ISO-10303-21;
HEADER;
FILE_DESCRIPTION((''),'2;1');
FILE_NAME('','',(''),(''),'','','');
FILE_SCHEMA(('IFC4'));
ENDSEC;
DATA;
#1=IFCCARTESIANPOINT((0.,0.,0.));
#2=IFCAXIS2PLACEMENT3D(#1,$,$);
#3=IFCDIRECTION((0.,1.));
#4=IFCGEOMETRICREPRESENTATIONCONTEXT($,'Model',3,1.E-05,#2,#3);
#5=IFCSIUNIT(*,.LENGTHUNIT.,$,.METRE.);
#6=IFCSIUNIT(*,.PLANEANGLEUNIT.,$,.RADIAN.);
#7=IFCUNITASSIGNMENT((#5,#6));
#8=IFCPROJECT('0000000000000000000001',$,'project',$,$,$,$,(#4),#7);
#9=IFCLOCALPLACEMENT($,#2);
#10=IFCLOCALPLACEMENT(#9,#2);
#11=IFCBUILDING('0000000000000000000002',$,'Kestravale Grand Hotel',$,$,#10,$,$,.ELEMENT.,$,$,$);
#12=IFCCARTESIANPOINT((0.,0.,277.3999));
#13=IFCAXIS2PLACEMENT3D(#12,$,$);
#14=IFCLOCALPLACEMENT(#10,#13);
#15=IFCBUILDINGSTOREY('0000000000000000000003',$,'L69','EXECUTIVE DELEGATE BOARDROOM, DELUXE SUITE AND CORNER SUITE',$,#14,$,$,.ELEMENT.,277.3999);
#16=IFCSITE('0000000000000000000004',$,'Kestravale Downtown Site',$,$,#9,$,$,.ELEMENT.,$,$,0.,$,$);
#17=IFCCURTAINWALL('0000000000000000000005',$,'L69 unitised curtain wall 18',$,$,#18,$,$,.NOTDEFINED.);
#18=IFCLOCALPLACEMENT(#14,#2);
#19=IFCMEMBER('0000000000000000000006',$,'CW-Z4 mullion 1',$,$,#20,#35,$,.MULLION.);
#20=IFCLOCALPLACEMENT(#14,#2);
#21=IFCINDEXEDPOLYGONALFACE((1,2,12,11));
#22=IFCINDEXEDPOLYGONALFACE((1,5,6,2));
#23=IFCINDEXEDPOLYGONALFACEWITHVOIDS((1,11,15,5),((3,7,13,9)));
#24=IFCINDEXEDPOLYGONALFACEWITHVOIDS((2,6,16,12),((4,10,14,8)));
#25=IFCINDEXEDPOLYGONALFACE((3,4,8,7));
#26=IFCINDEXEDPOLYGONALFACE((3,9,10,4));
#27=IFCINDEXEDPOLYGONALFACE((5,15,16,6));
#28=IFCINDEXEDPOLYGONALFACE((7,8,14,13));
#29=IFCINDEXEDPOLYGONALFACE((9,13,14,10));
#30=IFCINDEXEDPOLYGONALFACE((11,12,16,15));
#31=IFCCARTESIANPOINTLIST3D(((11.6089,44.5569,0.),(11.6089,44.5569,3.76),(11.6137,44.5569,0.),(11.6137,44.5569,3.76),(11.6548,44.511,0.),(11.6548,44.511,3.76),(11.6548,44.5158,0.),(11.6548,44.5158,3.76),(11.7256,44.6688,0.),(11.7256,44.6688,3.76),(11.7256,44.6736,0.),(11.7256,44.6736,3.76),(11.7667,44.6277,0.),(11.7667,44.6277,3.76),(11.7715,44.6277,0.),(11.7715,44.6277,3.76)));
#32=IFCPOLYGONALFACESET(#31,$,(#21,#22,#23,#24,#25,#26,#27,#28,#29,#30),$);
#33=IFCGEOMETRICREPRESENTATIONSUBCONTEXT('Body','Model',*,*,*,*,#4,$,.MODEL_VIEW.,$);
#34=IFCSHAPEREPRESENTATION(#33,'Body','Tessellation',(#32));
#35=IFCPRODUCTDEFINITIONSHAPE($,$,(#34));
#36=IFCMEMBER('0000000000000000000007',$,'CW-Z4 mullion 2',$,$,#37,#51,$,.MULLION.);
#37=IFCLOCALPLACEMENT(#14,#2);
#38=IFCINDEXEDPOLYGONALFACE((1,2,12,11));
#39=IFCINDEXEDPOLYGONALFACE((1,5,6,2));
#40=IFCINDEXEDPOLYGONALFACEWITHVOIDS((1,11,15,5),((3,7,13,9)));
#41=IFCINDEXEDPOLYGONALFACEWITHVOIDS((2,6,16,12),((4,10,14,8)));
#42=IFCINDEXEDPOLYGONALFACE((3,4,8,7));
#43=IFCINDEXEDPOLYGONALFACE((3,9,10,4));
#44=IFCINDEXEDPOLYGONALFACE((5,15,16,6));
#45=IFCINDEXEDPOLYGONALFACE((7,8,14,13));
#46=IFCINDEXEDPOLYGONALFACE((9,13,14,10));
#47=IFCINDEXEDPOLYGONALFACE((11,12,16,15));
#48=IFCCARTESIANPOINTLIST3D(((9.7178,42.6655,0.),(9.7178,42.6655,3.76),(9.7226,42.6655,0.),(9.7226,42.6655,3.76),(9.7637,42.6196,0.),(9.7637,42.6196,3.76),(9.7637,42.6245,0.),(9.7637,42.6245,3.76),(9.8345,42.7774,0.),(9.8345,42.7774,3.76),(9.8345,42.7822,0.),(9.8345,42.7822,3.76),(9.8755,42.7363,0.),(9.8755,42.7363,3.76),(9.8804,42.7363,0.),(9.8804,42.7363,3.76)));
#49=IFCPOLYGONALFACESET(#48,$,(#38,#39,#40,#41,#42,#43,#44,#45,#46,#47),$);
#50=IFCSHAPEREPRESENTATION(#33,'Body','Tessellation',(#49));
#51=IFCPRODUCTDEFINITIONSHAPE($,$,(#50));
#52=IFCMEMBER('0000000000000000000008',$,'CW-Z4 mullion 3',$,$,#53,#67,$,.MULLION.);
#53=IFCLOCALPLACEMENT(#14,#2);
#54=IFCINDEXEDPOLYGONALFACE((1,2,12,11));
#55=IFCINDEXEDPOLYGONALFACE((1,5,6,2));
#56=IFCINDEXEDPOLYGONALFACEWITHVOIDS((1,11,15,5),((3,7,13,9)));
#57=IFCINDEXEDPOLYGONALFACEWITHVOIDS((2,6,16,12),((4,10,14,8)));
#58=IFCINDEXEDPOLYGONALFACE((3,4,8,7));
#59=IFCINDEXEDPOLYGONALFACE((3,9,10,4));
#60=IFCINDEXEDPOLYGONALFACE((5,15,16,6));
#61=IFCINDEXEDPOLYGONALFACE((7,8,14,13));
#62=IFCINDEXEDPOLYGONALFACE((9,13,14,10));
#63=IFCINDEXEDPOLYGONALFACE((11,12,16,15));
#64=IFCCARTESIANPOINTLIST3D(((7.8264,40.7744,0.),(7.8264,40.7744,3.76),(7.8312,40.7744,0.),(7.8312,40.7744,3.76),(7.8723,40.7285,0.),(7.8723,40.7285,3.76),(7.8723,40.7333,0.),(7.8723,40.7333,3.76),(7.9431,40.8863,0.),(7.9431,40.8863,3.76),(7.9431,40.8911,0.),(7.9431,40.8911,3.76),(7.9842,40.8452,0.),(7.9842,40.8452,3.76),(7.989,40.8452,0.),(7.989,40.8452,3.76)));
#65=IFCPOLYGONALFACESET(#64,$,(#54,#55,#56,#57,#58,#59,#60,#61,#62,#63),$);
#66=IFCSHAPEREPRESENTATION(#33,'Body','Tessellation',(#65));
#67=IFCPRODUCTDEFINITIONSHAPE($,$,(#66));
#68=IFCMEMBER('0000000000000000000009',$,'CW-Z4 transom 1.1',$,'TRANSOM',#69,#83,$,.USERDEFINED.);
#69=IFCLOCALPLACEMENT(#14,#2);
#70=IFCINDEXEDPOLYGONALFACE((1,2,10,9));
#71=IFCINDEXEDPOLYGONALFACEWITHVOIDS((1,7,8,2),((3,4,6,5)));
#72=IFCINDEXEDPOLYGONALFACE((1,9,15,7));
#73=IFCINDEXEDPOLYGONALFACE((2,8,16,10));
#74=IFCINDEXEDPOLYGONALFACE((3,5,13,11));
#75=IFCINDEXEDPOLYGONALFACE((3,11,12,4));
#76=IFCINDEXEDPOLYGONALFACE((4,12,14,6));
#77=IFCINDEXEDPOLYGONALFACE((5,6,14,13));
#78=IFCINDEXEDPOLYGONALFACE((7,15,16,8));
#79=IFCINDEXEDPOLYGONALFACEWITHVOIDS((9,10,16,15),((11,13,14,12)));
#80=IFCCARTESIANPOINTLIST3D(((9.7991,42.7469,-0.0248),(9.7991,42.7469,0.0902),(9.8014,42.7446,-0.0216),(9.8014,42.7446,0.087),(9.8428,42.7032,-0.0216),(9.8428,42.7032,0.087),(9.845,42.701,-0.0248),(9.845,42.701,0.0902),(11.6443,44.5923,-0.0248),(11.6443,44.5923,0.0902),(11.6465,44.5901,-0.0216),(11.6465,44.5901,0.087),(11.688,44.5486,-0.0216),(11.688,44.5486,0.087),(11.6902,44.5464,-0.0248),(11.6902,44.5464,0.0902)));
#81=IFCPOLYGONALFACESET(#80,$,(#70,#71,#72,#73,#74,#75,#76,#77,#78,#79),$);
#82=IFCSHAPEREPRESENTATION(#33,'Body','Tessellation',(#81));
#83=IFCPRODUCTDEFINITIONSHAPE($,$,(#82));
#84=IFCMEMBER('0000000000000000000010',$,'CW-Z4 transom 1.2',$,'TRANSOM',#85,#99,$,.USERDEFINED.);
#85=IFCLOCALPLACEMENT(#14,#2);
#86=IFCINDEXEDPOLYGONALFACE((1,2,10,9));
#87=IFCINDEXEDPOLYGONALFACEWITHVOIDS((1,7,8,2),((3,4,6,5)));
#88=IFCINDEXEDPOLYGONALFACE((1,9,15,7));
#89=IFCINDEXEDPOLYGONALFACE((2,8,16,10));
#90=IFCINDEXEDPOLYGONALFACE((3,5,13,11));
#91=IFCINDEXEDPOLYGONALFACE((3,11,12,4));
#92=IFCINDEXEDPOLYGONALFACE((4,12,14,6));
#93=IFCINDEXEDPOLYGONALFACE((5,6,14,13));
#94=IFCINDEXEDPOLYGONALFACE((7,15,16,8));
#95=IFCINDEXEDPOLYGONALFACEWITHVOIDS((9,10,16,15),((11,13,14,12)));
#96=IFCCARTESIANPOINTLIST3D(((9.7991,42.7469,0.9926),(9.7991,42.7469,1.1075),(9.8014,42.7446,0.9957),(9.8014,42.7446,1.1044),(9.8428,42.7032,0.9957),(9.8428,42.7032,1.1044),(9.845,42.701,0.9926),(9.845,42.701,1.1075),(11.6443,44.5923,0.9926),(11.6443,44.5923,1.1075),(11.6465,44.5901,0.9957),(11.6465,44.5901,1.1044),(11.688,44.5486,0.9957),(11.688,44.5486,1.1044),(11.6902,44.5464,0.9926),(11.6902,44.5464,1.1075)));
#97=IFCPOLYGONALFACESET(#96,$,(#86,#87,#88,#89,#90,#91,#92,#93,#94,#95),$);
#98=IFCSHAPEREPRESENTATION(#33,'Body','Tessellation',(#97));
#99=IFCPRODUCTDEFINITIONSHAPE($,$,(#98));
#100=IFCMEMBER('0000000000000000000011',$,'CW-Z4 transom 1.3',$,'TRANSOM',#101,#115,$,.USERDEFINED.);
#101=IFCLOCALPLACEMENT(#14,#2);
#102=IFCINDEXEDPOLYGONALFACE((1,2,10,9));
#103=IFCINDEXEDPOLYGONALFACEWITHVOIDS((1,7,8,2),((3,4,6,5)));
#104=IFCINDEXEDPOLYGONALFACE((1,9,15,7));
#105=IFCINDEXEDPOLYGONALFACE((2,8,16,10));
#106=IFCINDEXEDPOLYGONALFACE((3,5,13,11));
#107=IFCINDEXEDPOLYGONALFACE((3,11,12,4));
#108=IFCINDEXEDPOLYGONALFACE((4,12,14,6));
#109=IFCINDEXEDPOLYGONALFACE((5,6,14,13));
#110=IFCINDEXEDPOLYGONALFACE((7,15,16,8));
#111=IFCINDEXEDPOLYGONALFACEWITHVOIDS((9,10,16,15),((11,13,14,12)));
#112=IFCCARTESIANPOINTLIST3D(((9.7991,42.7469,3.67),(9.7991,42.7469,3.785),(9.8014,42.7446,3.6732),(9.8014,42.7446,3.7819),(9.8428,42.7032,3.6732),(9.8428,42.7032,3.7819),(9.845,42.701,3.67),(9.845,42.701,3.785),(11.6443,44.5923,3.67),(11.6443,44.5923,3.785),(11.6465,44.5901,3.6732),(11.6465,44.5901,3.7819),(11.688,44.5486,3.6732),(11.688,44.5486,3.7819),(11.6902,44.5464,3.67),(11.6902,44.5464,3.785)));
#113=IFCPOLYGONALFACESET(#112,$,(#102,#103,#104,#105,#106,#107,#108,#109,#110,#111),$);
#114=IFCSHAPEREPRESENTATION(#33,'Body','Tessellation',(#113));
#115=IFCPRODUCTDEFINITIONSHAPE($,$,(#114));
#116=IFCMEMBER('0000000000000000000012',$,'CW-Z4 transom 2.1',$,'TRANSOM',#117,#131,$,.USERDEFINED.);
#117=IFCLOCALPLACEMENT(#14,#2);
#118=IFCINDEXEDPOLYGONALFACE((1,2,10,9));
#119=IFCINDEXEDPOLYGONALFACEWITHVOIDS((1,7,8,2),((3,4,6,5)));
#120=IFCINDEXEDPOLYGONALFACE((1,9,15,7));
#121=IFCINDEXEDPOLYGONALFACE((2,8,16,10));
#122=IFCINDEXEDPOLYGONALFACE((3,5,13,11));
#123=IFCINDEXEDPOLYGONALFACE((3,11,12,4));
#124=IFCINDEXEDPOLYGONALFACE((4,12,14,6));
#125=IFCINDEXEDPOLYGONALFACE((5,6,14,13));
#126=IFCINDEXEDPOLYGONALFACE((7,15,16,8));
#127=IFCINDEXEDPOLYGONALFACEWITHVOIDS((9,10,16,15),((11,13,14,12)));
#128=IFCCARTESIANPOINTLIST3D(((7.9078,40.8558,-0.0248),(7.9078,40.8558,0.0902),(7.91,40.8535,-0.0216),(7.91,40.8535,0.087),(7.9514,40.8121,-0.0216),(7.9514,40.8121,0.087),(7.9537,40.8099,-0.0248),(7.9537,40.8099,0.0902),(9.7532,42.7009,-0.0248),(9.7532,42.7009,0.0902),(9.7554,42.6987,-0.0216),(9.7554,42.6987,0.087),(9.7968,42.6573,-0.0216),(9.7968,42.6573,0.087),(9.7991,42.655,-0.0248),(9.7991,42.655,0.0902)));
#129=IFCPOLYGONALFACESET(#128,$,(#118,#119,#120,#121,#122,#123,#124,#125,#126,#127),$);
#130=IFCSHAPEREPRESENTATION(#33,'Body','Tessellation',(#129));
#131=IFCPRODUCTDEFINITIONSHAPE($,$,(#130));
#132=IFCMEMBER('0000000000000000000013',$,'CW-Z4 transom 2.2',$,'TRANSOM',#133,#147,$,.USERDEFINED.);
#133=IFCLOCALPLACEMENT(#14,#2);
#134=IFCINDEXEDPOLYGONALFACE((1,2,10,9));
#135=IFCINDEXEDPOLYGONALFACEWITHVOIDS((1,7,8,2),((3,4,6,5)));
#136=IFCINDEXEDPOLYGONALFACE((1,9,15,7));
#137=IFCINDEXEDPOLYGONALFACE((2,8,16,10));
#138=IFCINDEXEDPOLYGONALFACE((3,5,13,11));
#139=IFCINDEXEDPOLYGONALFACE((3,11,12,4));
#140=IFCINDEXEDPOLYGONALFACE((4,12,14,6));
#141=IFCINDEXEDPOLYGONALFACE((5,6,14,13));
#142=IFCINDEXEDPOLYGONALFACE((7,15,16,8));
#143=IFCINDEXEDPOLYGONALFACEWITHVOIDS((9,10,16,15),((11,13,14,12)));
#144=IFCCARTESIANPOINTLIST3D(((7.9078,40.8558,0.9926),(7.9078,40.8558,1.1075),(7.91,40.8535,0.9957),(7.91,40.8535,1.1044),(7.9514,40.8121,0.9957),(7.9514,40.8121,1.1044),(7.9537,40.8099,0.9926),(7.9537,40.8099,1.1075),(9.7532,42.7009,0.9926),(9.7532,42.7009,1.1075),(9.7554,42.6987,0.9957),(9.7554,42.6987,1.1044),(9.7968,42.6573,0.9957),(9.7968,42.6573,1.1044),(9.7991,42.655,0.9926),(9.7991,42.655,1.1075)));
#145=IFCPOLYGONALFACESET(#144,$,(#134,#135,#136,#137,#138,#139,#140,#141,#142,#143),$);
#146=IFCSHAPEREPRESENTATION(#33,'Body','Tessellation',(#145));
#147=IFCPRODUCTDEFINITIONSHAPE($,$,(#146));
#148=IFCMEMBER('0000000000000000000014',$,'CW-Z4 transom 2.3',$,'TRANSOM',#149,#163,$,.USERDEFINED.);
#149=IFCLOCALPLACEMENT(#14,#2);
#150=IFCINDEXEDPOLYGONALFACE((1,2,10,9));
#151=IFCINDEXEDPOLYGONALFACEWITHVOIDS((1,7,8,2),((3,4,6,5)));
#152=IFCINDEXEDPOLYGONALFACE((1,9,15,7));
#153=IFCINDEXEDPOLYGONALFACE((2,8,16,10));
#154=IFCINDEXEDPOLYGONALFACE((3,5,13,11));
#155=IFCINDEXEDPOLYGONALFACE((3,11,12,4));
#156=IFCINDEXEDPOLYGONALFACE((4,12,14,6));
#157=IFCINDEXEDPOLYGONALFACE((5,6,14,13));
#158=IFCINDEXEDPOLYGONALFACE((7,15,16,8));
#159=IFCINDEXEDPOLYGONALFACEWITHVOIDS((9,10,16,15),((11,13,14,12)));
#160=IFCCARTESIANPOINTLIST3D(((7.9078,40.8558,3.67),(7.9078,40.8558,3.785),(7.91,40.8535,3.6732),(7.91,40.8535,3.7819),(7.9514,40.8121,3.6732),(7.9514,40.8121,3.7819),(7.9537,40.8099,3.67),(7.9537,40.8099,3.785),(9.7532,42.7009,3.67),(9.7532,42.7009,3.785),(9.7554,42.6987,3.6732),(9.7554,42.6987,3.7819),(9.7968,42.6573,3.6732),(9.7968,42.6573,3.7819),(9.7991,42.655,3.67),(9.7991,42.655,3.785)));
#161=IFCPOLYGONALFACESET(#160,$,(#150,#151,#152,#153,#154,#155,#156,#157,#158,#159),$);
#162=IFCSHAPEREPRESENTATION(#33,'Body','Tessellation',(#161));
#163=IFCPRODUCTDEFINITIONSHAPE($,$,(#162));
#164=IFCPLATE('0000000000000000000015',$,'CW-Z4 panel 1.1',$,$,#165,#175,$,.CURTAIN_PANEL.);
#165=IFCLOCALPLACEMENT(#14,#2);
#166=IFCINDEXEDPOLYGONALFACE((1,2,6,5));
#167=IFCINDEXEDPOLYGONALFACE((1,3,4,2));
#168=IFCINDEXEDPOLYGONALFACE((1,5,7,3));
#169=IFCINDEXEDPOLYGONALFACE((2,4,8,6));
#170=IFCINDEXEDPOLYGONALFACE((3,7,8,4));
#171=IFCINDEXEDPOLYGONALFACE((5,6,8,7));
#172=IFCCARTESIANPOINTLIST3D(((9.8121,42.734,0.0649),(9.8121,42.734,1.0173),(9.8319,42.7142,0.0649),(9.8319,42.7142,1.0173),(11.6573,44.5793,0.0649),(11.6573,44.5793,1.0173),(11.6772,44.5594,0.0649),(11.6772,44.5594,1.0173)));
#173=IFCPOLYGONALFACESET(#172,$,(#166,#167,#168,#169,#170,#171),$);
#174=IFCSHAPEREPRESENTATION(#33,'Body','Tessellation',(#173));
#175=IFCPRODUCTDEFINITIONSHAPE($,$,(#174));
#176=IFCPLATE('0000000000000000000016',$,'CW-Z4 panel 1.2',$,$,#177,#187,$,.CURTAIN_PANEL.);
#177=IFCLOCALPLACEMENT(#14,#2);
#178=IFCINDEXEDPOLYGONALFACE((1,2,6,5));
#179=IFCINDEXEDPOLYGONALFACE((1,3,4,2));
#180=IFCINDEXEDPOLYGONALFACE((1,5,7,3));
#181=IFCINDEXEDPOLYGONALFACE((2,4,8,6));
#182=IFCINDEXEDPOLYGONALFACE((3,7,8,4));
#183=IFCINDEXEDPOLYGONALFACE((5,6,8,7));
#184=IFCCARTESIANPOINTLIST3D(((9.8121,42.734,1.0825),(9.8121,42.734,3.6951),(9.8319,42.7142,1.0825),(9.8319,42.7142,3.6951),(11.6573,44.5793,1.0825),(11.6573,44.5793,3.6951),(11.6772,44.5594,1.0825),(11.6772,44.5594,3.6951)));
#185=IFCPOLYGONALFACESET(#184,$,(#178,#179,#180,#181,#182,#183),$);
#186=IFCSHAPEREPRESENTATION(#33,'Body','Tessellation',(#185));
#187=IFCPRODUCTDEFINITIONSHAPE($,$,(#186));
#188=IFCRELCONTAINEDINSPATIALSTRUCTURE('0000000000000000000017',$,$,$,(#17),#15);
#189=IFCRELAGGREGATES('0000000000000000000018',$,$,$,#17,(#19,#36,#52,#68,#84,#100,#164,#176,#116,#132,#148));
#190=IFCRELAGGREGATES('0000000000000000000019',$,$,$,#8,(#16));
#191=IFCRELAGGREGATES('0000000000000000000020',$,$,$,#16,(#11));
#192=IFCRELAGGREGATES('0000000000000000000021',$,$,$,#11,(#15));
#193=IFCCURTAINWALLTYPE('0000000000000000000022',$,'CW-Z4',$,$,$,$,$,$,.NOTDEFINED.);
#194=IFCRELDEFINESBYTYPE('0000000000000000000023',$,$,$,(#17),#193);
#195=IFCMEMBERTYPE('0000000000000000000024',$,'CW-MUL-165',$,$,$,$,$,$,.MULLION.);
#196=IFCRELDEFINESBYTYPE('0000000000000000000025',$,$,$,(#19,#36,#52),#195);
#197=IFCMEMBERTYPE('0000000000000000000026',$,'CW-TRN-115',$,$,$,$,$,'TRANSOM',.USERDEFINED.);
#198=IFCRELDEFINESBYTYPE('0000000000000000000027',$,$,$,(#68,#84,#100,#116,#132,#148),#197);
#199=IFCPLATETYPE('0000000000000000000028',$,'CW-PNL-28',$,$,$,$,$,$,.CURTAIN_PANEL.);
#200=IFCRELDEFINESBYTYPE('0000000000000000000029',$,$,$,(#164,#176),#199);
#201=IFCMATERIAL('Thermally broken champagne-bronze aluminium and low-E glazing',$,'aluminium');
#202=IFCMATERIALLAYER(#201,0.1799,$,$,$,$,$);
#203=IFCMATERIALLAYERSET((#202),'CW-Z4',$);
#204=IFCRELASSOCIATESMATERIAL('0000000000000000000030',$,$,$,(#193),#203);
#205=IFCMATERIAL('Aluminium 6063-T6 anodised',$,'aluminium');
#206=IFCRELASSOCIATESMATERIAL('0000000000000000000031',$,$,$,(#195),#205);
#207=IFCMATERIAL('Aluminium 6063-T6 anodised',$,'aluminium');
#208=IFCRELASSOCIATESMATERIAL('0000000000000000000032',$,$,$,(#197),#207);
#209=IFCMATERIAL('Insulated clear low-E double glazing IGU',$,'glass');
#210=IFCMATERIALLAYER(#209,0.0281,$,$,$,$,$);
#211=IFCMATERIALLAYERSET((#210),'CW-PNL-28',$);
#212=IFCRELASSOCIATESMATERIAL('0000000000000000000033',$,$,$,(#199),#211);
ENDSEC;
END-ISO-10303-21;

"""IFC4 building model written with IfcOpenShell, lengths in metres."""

from ifc_helpers import new_model, si_unit, direction, frame, origin, origin_2d, place, context, subcontext, project, spatial, rectangle, hollow_rectangle, extrude, material, layer, layer_set, material_profile, profile_set, type_object, element, aggregate, save


model = new_model("IFC4")

# Units and contexts
model_context = context("Model", 3, precision=1e-05, world=origin(), true_north=direction((0.0, 1.0)))
body_context = subcontext(model_context, "Body", "Model", "MODEL_VIEW")
ifc_project = project(units=[si_unit("LENGTHUNIT", "METRE"), si_unit("PLANEANGLEUNIT", "RADIAN")], contexts=[model_context])

# Site, building, storey
site_placement = place(None, origin())
site = spatial("IfcSite", under=ifc_project, at=site_placement, Name="Kestravale Downtown Site", CompositionType="ELEMENT", RefElevation=0.0)
building_placement = place(site_placement, origin())
building = spatial("IfcBuilding", under=site, at=building_placement, Name="Kestravale Grand Hotel", CompositionType="ELEMENT")
storey_placement = place(building_placement, frame((0.0, 0.0, 277.3999)))
storey = spatial("IfcBuildingStorey", under=building, at=storey_placement, Name="L69", Description="EXECUTIVE DELEGATE BOARDROOM, DELUXE SUITE AND CORNER SUITE", CompositionType="ELEMENT", Elevation=277.3999)

# Curtain wall, members, plates
ifc_material_1 = material(Name="Thermally broken champagne-bronze aluminium and low-E glazing", Category="aluminium")
ifc_layer_1 = layer(ifc_material_1, 0.1799)
ifc_layer_set_1 = layer_set([ifc_layer_1], Name="CW-Z4")
curtain_wall_type = type_object("IfcCurtainWallType", Name="CW-Z4", PredefinedType="NOTDEFINED", material=ifc_layer_set_1)
curtain_wall_placement = place(storey_placement, origin())
curtain_wall = element("IfcCurtainWall", 1, at=curtain_wall_placement, inside=storey, type_object=curtain_wall_type, Name="L69 unitised curtain wall 18", PredefinedType="NOTDEFINED")
ifc_material_2 = material(Name="Aluminium 6063-T6 anodised", Category="aluminium")
ifc_material_profile_1 = material_profile(ifc_material_2, hollow_rectangle(XDim=0.0649, YDim=0.165, WallThickness=0.0034, at=origin_2d()))
ifc_profile_set_1 = profile_set([ifc_material_profile_1], Name="Aluminium 6063-T6 anodised")
member_type_1 = type_object("IfcMemberType", Name="CW-MUL-165", PredefinedType="MULLION", material=ifc_profile_set_1)
member_1_placement = place(storey_placement, frame((11.6902, 44.5923, 0.0), z_axis=(0.0, 0.0, 1.0), x_axis=(0.707107, -0.707107, 0.0)))
member_1 = element("IfcMember", 2, at=member_1_placement, type_object=member_type_1, Name="CW-Z4 mullion 1", PredefinedType="MULLION", context=body_context, shape_type="SweptSolid", body=[
    extrude(hollow_rectangle(XDim=0.0649, YDim=0.165, WallThickness=0.0034, at=origin_2d()), origin(), (0.0, 0.0, 1.0), 3.76),
])
member_2_placement = place(storey_placement, frame((9.7991, 42.7009, 0.0), z_axis=(0.0, 0.0, 1.0), x_axis=(0.707107, -0.707107, 0.0)))
member_2 = element("IfcMember", 3, at=member_2_placement, type_object=member_type_1, Name="CW-Z4 mullion 2", PredefinedType="MULLION", context=body_context, shape_type="SweptSolid", body=[
    extrude(hollow_rectangle(XDim=0.0649, YDim=0.165, WallThickness=0.0034, at=origin_2d()), origin(), (0.0, 0.0, 1.0), 3.76),
])
member_3_placement = place(storey_placement, frame((7.9077, 40.8098, 0.0), z_axis=(0.0, 0.0, 1.0), x_axis=(0.707107, -0.707107, 0.0)))
member_3 = element("IfcMember", 4, at=member_3_placement, type_object=member_type_1, Name="CW-Z4 mullion 3", PredefinedType="MULLION", context=body_context, shape_type="SweptSolid", body=[
    extrude(hollow_rectangle(XDim=0.0649, YDim=0.165, WallThickness=0.0034, at=origin_2d()), origin(), (0.0, 0.0, 1.0), 3.76),
])
ifc_material_3 = material(Name="Aluminium 6063-T6 anodised", Category="aluminium")
ifc_material_profile_2 = material_profile(ifc_material_3, hollow_rectangle(XDim=0.0649, YDim=0.115, WallThickness=0.0032, at=origin_2d()))
ifc_profile_set_2 = profile_set([ifc_material_profile_2], Name="Aluminium 6063-T6 anodised")
member_type_2 = type_object("IfcMemberType", Name="CW-TRN-115", ElementType="TRANSOM", PredefinedType="USERDEFINED", material=ifc_profile_set_2)
member_4_placement = place(storey_placement, frame((11.6672, 44.5693, 0.0327), z_axis=(-0.70706, -0.707154, 0.0), x_axis=(0.707154, -0.70706, 0.0)))
member_4 = element("IfcMember", 5, at=member_4_placement, type_object=member_type_2, Name="CW-Z4 transom 1.1", ObjectType="TRANSOM", PredefinedType="USERDEFINED", context=body_context, shape_type="SweptSolid", body=[
    extrude(hollow_rectangle(XDim=0.0649, YDim=0.115, WallThickness=0.0032, at=origin_2d()), origin(), (0.0, 0.0, 1.0), 2.6096),
])
member_5_placement = place(storey_placement, frame((11.6672, 44.5693, 1.05), z_axis=(-0.70706, -0.707154, 0.0), x_axis=(0.707154, -0.70706, 0.0)))
member_5 = element("IfcMember", 6, at=member_5_placement, type_object=member_type_2, Name="CW-Z4 transom 1.2", ObjectType="TRANSOM", PredefinedType="USERDEFINED", context=body_context, shape_type="SweptSolid", body=[
    extrude(hollow_rectangle(XDim=0.0649, YDim=0.115, WallThickness=0.0032, at=origin_2d()), origin(), (0.0, 0.0, 1.0), 2.6096),
])
member_6_placement = place(storey_placement, frame((11.6672, 44.5693, 3.7275), z_axis=(-0.70706, -0.707154, 0.0), x_axis=(0.707154, -0.70706, 0.0)))
member_6 = element("IfcMember", 7, at=member_6_placement, type_object=member_type_2, Name="CW-Z4 transom 1.3", ObjectType="TRANSOM", PredefinedType="USERDEFINED", context=body_context, shape_type="SweptSolid", body=[
    extrude(hollow_rectangle(XDim=0.0649, YDim=0.115, WallThickness=0.0032, at=origin_2d()), origin(), (0.0, 0.0, 1.0), 2.6096),
])
member_7_placement = place(storey_placement, frame((9.7761, 42.678, 0.0327), z_axis=(-0.707154, -0.70706, 0.0), x_axis=(0.70706, -0.707154, 0.0)))
member_7 = element("IfcMember", 8, at=member_7_placement, type_object=member_type_2, Name="CW-Z4 transom 2.1", ObjectType="TRANSOM", PredefinedType="USERDEFINED", context=body_context, shape_type="SweptSolid", body=[
    extrude(hollow_rectangle(XDim=0.0649, YDim=0.115, WallThickness=0.0032, at=origin_2d()), origin(), (0.0, 0.0, 1.0), 2.6096),
])
member_8_placement = place(storey_placement, frame((9.7761, 42.678, 1.05), z_axis=(-0.707154, -0.70706, 0.0), x_axis=(0.70706, -0.707154, 0.0)))
member_8 = element("IfcMember", 9, at=member_8_placement, type_object=member_type_2, Name="CW-Z4 transom 2.2", ObjectType="TRANSOM", PredefinedType="USERDEFINED", context=body_context, shape_type="SweptSolid", body=[
    extrude(hollow_rectangle(XDim=0.0649, YDim=0.115, WallThickness=0.0032, at=origin_2d()), origin(), (0.0, 0.0, 1.0), 2.6096),
])
member_9_placement = place(storey_placement, frame((9.7761, 42.678, 3.7275), z_axis=(-0.707154, -0.70706, 0.0), x_axis=(0.70706, -0.707154, 0.0)))
member_9 = element("IfcMember", 10, at=member_9_placement, type_object=member_type_2, Name="CW-Z4 transom 2.3", ObjectType="TRANSOM", PredefinedType="USERDEFINED", context=body_context, shape_type="SweptSolid", body=[
    extrude(hollow_rectangle(XDim=0.0649, YDim=0.115, WallThickness=0.0032, at=origin_2d()), origin(), (0.0, 0.0, 1.0), 2.6096),
])
ifc_material_4 = material(Name="Insulated clear low-E double glazing IGU", Category="glass")
ifc_layer_2 = layer(ifc_material_4, 0.0281)
ifc_layer_set_2 = layer_set([ifc_layer_2], Name="CW-PNL-28")
plate_type = type_object("IfcPlateType", Name="CW-PNL-28", PredefinedType="CURTAIN_PANEL", material=ifc_layer_set_2)
plate_1_placement = place(storey_placement, frame((10.7446, 43.6467, 0.0649), z_axis=(0.0, 0.0, 1.0), x_axis=(-0.707107, -0.707107, 0.0)))
plate_1 = element("IfcPlate", 11, at=plate_1_placement, type_object=plate_type, Name="CW-Z4 panel 1.1", PredefinedType="CURTAIN_PANEL", context=body_context, shape_type="SweptSolid", body=[
    extrude(rectangle(XDim=2.6096, YDim=0.0281, at=origin_2d()), origin(), (0.0, 0.0, 1.0), 0.9524),
])
plate_2_placement = place(storey_placement, frame((10.7446, 43.6467, 1.0825), z_axis=(0.0, 0.0, 1.0), x_axis=(-0.707107, -0.707107, 0.0)))
plate_2 = element("IfcPlate", 12, at=plate_2_placement, type_object=plate_type, Name="CW-Z4 panel 1.2", PredefinedType="CURTAIN_PANEL", context=body_context, shape_type="SweptSolid", body=[
    extrude(rectangle(XDim=2.6096, YDim=0.0281, at=origin_2d()), origin(), (0.0, 0.0, 1.0), 2.6125),
])
aggregate(curtain_wall, [member_1, member_2, member_3, member_4, member_5, member_6, plate_1, plate_2, member_7, member_8, member_9])

save(model, "model.ifc")
